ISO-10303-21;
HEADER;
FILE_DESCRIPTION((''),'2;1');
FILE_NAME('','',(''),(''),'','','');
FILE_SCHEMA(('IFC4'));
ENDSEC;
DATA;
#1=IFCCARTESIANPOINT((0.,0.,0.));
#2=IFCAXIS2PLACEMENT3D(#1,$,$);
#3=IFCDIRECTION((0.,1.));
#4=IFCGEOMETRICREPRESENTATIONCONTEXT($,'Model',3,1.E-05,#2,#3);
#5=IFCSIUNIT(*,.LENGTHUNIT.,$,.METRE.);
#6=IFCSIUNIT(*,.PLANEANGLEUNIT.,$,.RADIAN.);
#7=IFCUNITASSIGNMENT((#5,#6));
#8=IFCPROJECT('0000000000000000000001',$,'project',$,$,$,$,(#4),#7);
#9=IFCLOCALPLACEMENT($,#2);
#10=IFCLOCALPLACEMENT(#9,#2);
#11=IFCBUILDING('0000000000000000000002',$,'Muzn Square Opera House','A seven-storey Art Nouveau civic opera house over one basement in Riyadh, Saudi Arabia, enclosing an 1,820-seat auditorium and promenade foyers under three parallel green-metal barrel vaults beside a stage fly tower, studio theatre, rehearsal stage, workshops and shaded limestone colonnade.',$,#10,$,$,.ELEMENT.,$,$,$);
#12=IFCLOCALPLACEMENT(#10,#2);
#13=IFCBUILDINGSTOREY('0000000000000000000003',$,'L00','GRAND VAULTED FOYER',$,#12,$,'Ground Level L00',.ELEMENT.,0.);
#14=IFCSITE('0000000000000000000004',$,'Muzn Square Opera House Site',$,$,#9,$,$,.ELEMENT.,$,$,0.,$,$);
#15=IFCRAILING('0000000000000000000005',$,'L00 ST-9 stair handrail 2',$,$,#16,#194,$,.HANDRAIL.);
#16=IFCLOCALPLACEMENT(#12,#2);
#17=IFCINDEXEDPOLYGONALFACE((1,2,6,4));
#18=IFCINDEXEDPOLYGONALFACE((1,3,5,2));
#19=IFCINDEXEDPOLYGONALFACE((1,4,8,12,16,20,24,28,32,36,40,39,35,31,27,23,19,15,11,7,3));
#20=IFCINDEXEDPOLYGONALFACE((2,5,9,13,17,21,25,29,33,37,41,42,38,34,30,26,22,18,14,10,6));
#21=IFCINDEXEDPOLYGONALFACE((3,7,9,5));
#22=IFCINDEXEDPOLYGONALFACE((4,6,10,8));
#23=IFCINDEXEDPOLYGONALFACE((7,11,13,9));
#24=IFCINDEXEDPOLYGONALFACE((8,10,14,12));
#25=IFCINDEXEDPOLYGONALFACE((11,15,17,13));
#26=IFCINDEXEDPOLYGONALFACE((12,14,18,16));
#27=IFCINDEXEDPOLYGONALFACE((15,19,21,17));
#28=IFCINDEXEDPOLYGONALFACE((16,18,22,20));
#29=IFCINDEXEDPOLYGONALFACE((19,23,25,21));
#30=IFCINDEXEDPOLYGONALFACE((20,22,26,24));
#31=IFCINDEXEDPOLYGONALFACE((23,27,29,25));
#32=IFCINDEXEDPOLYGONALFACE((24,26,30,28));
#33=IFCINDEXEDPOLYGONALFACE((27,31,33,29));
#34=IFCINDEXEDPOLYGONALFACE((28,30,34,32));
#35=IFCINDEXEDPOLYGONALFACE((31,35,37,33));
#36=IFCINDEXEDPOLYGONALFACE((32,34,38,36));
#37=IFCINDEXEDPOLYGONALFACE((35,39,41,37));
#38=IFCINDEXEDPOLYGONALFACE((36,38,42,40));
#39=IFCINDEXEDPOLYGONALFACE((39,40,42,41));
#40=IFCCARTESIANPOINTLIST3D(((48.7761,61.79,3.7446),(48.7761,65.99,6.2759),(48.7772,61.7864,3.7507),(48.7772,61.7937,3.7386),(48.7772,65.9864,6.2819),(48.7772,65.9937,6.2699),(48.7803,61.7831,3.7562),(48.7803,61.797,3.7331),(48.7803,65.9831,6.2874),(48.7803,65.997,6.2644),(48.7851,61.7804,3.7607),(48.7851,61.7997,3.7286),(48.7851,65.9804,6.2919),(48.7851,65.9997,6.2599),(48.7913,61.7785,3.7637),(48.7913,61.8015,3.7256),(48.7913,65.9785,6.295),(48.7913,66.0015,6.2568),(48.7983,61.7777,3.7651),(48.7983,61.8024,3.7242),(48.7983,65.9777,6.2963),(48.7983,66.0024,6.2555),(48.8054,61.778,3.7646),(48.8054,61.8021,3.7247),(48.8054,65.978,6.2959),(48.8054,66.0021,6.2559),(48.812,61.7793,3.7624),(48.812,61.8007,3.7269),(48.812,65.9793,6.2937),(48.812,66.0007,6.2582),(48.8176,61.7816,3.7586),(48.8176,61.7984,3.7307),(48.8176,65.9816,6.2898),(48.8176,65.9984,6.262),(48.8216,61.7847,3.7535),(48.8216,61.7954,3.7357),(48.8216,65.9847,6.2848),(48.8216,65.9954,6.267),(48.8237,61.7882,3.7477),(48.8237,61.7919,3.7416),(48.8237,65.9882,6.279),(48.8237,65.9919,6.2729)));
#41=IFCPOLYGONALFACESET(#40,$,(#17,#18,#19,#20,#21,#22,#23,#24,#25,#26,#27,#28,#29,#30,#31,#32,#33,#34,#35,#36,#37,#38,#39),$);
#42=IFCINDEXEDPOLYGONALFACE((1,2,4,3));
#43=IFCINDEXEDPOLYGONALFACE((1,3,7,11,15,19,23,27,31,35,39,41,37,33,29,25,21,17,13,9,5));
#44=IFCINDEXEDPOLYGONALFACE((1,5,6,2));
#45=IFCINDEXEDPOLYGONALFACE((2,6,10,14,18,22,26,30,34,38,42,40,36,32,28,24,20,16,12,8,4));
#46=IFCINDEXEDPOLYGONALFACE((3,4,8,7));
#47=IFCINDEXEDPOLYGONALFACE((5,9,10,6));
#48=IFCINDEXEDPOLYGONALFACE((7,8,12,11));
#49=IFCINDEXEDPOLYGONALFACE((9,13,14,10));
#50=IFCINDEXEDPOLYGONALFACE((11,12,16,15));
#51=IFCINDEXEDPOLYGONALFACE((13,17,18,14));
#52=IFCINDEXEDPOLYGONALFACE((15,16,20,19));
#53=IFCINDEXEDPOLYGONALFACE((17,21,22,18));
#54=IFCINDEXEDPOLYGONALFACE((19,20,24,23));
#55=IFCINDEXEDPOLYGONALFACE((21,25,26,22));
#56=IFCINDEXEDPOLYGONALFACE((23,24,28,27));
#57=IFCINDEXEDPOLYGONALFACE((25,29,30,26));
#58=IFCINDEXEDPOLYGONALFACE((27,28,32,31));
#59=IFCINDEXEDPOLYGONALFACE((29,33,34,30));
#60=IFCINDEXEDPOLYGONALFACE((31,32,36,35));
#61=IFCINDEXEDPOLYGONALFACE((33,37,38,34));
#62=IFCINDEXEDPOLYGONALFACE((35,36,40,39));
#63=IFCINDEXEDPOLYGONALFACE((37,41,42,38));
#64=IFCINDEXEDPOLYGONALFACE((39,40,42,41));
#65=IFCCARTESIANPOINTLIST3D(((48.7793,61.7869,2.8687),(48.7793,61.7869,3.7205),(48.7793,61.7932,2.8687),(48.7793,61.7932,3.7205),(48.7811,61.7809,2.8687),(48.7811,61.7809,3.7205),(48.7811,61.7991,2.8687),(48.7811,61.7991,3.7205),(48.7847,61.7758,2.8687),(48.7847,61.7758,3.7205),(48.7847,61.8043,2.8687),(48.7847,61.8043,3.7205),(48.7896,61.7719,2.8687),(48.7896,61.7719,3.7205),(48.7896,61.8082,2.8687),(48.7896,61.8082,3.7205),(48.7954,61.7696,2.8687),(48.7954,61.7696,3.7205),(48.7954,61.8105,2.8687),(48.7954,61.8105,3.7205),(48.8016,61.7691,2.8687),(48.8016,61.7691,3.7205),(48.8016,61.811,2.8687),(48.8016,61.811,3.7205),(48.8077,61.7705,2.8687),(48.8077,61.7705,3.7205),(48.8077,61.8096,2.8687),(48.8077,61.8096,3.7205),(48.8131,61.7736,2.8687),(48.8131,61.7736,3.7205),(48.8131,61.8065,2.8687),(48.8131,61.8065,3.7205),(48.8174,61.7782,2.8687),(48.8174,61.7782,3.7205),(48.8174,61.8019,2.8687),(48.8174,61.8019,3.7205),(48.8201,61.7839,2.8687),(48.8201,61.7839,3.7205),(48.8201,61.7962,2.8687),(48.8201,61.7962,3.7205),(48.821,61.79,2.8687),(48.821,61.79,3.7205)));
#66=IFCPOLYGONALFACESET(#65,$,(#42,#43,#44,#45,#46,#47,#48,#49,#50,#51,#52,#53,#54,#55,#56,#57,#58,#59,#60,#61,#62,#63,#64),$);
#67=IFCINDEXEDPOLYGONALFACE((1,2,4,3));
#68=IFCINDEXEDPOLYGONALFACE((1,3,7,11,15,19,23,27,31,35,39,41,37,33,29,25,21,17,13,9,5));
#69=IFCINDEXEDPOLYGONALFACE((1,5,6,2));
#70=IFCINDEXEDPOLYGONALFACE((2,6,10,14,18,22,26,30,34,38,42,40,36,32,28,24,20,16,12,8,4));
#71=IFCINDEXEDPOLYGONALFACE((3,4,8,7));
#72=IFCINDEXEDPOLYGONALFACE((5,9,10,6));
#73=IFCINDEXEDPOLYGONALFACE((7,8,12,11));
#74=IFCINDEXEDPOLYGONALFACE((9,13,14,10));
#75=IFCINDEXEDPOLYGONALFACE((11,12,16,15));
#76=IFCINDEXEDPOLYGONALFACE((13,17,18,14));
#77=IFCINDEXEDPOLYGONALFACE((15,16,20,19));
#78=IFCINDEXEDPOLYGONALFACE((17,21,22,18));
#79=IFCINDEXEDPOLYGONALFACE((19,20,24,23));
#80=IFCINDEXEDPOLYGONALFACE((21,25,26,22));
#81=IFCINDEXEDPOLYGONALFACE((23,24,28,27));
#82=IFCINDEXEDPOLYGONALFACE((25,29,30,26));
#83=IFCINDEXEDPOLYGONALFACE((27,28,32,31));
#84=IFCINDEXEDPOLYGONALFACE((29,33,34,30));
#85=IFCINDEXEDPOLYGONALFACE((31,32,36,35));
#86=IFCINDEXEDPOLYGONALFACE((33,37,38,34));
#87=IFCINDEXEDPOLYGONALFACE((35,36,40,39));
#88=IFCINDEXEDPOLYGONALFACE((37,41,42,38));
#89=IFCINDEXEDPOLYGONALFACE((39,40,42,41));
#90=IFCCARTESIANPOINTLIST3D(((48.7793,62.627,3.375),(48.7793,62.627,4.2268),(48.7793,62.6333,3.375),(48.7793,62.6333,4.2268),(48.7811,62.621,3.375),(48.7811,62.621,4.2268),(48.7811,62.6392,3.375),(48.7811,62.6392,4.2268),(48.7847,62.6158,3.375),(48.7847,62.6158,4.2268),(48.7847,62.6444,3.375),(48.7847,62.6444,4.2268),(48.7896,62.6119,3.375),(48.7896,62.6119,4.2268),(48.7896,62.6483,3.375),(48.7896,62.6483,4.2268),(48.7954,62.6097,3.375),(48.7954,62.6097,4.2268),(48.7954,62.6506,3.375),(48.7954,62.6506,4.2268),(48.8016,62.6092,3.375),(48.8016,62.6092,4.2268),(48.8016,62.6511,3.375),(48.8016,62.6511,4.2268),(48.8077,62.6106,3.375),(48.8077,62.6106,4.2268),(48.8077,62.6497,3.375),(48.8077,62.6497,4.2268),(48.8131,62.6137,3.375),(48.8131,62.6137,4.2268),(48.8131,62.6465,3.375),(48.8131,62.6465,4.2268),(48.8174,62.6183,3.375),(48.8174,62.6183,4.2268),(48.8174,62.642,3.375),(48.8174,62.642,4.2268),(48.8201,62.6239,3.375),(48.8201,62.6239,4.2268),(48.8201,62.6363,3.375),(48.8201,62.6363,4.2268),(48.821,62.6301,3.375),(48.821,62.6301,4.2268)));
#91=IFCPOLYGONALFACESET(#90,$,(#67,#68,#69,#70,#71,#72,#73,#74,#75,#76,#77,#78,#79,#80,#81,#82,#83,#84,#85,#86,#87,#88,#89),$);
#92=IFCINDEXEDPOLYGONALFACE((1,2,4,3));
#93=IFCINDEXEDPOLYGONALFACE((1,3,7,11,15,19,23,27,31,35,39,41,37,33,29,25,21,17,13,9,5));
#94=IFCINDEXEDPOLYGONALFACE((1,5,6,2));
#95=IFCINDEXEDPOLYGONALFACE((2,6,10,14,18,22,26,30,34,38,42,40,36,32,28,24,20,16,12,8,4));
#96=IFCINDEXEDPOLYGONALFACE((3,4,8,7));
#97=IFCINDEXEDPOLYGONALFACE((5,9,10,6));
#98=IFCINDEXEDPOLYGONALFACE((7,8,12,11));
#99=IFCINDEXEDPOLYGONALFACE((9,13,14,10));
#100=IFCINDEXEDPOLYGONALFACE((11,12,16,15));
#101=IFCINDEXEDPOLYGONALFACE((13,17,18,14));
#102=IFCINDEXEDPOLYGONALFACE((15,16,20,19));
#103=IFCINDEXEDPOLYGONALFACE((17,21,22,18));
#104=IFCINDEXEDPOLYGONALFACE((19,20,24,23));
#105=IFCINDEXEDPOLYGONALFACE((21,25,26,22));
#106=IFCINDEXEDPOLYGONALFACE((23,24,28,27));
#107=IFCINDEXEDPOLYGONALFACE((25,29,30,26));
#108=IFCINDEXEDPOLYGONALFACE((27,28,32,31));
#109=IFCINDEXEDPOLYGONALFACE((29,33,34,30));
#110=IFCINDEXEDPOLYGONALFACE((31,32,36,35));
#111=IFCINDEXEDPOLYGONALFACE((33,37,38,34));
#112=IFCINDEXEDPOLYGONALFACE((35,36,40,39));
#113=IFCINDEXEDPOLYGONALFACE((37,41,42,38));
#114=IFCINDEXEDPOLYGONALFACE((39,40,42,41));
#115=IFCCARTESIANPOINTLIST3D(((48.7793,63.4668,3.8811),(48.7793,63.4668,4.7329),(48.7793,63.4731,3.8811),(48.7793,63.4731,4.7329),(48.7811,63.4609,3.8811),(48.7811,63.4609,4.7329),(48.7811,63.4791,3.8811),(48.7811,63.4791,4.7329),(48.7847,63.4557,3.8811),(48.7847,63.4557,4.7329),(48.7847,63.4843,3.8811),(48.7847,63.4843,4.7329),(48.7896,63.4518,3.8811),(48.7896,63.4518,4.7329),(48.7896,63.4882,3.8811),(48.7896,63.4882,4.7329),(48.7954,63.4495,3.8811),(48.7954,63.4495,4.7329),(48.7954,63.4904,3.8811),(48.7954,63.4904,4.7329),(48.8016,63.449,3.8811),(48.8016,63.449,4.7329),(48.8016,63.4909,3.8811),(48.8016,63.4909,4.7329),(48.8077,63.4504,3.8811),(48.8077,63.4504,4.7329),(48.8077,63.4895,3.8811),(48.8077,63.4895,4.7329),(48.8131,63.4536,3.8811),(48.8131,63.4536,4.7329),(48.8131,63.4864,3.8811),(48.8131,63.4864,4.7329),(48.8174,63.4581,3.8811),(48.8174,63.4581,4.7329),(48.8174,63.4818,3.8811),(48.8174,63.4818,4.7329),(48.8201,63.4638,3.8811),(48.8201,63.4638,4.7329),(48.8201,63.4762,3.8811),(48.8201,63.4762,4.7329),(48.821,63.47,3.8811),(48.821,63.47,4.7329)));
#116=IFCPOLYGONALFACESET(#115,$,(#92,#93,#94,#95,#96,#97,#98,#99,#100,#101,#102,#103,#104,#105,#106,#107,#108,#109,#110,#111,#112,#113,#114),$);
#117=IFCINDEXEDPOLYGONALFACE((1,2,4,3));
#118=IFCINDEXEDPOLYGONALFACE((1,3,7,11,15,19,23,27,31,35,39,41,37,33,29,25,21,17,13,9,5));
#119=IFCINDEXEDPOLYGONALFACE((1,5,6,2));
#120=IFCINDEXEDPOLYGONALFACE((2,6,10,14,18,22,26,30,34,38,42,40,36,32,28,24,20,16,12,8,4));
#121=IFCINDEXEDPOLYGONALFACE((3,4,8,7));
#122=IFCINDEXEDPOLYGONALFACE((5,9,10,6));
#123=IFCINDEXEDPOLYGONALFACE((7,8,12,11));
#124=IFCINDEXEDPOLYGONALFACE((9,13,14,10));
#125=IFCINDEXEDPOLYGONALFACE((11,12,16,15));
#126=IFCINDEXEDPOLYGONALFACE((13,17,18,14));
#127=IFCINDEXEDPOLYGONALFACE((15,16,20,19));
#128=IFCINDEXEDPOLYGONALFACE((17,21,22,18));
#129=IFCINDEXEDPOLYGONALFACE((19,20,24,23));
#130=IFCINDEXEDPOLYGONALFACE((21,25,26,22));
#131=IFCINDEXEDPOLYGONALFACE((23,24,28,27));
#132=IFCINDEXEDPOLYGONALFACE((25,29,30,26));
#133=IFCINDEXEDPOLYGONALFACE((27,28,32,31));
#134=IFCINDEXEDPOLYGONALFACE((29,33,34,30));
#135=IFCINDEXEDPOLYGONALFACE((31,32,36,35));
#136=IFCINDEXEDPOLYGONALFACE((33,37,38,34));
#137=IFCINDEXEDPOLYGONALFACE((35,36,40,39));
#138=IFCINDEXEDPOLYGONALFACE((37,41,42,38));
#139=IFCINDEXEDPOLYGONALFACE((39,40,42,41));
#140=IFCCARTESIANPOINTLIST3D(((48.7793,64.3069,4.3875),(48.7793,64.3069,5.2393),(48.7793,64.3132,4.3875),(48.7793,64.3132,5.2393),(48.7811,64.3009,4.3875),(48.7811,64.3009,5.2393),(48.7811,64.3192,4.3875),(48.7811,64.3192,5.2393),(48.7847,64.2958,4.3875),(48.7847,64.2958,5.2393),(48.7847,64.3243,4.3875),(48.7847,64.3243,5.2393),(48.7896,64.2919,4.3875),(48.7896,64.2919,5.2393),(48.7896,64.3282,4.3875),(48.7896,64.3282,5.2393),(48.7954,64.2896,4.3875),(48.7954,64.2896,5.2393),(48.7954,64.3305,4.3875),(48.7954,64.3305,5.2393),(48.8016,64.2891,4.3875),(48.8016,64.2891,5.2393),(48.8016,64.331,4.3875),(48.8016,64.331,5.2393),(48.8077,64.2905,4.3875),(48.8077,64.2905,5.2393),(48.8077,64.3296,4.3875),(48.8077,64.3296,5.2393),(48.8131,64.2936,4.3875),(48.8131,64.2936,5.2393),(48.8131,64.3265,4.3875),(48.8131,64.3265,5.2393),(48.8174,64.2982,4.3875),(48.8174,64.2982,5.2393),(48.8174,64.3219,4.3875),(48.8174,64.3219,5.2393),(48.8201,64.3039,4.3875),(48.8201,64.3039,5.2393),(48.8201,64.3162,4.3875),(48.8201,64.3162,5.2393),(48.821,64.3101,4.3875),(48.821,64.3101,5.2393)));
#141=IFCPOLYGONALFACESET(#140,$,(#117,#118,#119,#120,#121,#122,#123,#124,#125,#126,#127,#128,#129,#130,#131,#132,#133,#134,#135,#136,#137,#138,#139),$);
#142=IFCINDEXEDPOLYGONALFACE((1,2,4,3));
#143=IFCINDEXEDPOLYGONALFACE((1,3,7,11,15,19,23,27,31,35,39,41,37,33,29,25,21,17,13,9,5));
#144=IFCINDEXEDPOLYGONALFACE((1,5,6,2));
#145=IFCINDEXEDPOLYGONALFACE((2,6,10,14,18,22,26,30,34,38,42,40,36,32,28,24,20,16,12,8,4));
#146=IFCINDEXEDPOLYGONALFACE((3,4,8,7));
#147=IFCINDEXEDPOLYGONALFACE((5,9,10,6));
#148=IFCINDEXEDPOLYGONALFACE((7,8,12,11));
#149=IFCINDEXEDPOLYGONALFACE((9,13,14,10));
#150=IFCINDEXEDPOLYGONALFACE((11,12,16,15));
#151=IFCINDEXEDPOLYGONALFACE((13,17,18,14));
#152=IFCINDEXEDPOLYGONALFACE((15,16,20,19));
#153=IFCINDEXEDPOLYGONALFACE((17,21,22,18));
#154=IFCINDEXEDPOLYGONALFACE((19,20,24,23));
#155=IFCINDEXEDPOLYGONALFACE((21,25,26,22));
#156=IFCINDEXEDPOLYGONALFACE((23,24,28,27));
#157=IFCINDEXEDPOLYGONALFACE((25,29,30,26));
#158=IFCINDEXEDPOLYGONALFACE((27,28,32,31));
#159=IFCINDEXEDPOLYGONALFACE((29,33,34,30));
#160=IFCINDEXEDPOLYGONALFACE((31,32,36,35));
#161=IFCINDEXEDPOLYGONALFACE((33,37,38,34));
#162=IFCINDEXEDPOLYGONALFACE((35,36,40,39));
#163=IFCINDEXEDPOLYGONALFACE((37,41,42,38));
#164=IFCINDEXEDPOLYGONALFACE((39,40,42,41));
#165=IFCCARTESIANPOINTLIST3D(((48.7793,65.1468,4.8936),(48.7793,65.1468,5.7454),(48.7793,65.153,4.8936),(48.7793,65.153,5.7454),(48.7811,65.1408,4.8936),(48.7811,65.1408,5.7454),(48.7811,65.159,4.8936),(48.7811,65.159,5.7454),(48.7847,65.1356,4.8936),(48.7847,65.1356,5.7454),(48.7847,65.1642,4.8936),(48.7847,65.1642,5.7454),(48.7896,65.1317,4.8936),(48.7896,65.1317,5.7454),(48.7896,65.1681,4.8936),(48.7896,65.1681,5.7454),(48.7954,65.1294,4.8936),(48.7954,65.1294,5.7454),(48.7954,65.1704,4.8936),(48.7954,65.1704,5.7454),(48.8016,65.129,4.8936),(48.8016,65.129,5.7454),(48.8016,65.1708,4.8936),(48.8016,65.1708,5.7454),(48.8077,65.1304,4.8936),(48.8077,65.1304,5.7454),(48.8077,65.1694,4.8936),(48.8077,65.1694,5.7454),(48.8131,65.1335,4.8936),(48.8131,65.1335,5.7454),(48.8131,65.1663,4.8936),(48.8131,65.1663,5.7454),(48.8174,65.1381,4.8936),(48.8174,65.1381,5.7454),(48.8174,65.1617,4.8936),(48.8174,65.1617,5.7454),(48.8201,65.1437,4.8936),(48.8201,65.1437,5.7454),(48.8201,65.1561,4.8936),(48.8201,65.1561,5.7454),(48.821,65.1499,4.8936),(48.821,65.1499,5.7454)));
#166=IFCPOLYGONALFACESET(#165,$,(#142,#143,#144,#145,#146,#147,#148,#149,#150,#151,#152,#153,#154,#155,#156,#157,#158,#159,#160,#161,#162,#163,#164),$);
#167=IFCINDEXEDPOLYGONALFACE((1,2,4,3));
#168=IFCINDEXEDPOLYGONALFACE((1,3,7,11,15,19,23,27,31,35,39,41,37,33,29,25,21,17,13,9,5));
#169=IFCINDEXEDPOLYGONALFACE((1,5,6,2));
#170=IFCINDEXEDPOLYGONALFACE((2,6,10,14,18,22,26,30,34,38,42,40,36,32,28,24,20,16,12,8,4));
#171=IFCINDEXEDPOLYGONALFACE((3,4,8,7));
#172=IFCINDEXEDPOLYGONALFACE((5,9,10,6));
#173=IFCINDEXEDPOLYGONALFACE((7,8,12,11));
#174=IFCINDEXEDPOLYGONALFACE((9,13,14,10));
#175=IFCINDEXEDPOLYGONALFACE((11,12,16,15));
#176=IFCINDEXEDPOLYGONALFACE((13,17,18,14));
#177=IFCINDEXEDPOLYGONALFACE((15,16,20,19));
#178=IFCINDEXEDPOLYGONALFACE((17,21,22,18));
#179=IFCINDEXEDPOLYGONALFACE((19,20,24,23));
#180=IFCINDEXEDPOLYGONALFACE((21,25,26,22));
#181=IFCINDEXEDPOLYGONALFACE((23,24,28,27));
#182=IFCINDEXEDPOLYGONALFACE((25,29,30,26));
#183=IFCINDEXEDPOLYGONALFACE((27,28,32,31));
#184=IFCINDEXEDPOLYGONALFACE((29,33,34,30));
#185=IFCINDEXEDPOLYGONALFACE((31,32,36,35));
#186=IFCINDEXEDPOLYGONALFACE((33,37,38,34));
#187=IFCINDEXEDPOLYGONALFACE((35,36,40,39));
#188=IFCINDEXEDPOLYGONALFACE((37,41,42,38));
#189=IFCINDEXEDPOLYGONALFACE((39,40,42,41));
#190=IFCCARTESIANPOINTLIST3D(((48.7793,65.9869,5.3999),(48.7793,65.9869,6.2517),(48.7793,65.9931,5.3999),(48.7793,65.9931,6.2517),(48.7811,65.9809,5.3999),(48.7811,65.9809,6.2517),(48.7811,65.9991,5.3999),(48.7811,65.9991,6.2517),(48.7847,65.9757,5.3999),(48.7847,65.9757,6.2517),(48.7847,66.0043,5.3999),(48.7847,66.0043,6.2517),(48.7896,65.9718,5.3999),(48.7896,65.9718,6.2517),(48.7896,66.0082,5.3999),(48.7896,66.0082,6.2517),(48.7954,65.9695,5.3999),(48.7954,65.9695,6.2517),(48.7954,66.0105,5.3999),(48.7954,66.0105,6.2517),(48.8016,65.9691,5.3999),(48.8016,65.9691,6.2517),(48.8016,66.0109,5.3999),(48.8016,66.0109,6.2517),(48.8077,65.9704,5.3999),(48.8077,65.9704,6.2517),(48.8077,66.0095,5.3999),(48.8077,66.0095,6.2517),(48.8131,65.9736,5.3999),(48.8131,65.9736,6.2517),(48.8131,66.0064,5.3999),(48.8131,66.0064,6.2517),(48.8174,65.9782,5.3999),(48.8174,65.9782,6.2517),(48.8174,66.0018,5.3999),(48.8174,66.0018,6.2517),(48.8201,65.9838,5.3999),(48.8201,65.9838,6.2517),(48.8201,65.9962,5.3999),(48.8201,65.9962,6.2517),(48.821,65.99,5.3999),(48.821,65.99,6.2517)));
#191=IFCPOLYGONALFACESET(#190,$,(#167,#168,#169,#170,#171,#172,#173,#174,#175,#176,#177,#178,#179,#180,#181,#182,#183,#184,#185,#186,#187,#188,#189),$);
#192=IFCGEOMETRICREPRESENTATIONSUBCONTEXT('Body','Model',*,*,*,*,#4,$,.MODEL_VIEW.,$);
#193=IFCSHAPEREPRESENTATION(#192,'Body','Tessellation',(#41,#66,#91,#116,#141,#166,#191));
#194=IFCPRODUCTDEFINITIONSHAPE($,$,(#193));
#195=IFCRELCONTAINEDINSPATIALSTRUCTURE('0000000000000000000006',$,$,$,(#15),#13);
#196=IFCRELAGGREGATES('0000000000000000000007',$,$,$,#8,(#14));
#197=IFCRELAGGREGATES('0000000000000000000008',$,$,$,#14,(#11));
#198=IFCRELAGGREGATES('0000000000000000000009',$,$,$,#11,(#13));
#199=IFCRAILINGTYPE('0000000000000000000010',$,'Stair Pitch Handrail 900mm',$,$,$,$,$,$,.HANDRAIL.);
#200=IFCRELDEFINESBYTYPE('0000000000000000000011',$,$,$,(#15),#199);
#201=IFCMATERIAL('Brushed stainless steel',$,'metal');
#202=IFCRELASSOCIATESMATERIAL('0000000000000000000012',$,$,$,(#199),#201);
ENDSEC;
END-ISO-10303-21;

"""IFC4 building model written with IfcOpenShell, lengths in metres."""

from ifc_helpers import new_model, si_unit, direction, frame, origin, origin_2d, place, context, subcontext, project, spatial, circle, extrude, material, type_object, element, save


model = new_model("IFC4")

# Units and contexts
model_context = context("Model", 3, precision=1e-05, world=origin(), true_north=direction((0.0, 1.0)))
body_context = subcontext(model_context, "Body", "Model", "MODEL_VIEW")
ifc_project = project(units=[si_unit("LENGTHUNIT", "METRE"), si_unit("PLANEANGLEUNIT", "RADIAN")], contexts=[model_context])

# Site, building, storey
site_placement = place(None, origin())
site = spatial("IfcSite", under=ifc_project, at=site_placement, Name="Muzn Square Opera House Site", CompositionType="ELEMENT", RefElevation=0.0)
building_placement = place(site_placement, origin())
building = spatial("IfcBuilding", under=site, at=building_placement, Name="Muzn Square Opera House", Description="A seven-storey Art Nouveau civic opera house over one basement in Riyadh, Saudi Arabia, enclosing an 1,820-seat auditorium and promenade foyers under three parallel green-metal barrel vaults beside a stage fly tower, studio theatre, rehearsal stage, workshops and shaded limestone colonnade.", CompositionType="ELEMENT")
storey_placement = place(building_placement, origin())
storey = spatial("IfcBuildingStorey", under=building, at=storey_placement, Name="L00", Description="GRAND VAULTED FOYER", LongName="Ground Level L00", CompositionType="ELEMENT", Elevation=0.0)

# Railing
ifc_material_1 = material(Name="Brushed stainless steel", Category="metal")
railing_type_1 = type_object("IfcRailingType", Name="Stair Pitch Handrail 900mm", PredefinedType="HANDRAIL", material=ifc_material_1)
railing_1_placement = place(storey_placement, frame((48.8, 61.79, 2.8687)))
element("IfcRailing", 1, at=railing_1_placement, inside=storey, type_object=railing_type_1, Name="L00 ST-9 stair handrail 2", PredefinedType="HANDRAIL", context=body_context, shape_type="SweptSolid", body=[
    extrude(circle(Radius=0.0239, at=origin_2d()), frame((0.0, 0.0, 0.876), z_axis=(0.0, 0.856476, 0.516186), x_axis=(-1.0, 0.0, 0.0)), (0.0, 0.0, 1.0), 4.9038),
    extrude(circle(Radius=0.021, at=origin_2d()), origin(), (0.0, 0.0, 1.0), 0.8518),
    extrude(circle(Radius=0.021, at=origin_2d()), frame((0.0, 0.8401, 0.5063)), (0.0, 0.0, 1.0), 0.8518),
    extrude(circle(Radius=0.021, at=origin_2d()), frame((0.0, 1.6799, 1.0125)), (0.0, 0.0, 1.0), 0.8518),
    extrude(circle(Radius=0.021, at=origin_2d()), frame((0.0, 2.52, 1.5188)), (0.0, 0.0, 1.0), 0.8518),
    extrude(circle(Radius=0.021, at=origin_2d()), frame((0.0, 3.3599, 2.0249)), (0.0, 0.0, 1.0), 0.8518),
    extrude(circle(Radius=0.021, at=origin_2d()), frame((0.0, 4.2, 2.5312)), (0.0, 0.0, 1.0), 0.8518),
])

save(model, "model.ifc")
